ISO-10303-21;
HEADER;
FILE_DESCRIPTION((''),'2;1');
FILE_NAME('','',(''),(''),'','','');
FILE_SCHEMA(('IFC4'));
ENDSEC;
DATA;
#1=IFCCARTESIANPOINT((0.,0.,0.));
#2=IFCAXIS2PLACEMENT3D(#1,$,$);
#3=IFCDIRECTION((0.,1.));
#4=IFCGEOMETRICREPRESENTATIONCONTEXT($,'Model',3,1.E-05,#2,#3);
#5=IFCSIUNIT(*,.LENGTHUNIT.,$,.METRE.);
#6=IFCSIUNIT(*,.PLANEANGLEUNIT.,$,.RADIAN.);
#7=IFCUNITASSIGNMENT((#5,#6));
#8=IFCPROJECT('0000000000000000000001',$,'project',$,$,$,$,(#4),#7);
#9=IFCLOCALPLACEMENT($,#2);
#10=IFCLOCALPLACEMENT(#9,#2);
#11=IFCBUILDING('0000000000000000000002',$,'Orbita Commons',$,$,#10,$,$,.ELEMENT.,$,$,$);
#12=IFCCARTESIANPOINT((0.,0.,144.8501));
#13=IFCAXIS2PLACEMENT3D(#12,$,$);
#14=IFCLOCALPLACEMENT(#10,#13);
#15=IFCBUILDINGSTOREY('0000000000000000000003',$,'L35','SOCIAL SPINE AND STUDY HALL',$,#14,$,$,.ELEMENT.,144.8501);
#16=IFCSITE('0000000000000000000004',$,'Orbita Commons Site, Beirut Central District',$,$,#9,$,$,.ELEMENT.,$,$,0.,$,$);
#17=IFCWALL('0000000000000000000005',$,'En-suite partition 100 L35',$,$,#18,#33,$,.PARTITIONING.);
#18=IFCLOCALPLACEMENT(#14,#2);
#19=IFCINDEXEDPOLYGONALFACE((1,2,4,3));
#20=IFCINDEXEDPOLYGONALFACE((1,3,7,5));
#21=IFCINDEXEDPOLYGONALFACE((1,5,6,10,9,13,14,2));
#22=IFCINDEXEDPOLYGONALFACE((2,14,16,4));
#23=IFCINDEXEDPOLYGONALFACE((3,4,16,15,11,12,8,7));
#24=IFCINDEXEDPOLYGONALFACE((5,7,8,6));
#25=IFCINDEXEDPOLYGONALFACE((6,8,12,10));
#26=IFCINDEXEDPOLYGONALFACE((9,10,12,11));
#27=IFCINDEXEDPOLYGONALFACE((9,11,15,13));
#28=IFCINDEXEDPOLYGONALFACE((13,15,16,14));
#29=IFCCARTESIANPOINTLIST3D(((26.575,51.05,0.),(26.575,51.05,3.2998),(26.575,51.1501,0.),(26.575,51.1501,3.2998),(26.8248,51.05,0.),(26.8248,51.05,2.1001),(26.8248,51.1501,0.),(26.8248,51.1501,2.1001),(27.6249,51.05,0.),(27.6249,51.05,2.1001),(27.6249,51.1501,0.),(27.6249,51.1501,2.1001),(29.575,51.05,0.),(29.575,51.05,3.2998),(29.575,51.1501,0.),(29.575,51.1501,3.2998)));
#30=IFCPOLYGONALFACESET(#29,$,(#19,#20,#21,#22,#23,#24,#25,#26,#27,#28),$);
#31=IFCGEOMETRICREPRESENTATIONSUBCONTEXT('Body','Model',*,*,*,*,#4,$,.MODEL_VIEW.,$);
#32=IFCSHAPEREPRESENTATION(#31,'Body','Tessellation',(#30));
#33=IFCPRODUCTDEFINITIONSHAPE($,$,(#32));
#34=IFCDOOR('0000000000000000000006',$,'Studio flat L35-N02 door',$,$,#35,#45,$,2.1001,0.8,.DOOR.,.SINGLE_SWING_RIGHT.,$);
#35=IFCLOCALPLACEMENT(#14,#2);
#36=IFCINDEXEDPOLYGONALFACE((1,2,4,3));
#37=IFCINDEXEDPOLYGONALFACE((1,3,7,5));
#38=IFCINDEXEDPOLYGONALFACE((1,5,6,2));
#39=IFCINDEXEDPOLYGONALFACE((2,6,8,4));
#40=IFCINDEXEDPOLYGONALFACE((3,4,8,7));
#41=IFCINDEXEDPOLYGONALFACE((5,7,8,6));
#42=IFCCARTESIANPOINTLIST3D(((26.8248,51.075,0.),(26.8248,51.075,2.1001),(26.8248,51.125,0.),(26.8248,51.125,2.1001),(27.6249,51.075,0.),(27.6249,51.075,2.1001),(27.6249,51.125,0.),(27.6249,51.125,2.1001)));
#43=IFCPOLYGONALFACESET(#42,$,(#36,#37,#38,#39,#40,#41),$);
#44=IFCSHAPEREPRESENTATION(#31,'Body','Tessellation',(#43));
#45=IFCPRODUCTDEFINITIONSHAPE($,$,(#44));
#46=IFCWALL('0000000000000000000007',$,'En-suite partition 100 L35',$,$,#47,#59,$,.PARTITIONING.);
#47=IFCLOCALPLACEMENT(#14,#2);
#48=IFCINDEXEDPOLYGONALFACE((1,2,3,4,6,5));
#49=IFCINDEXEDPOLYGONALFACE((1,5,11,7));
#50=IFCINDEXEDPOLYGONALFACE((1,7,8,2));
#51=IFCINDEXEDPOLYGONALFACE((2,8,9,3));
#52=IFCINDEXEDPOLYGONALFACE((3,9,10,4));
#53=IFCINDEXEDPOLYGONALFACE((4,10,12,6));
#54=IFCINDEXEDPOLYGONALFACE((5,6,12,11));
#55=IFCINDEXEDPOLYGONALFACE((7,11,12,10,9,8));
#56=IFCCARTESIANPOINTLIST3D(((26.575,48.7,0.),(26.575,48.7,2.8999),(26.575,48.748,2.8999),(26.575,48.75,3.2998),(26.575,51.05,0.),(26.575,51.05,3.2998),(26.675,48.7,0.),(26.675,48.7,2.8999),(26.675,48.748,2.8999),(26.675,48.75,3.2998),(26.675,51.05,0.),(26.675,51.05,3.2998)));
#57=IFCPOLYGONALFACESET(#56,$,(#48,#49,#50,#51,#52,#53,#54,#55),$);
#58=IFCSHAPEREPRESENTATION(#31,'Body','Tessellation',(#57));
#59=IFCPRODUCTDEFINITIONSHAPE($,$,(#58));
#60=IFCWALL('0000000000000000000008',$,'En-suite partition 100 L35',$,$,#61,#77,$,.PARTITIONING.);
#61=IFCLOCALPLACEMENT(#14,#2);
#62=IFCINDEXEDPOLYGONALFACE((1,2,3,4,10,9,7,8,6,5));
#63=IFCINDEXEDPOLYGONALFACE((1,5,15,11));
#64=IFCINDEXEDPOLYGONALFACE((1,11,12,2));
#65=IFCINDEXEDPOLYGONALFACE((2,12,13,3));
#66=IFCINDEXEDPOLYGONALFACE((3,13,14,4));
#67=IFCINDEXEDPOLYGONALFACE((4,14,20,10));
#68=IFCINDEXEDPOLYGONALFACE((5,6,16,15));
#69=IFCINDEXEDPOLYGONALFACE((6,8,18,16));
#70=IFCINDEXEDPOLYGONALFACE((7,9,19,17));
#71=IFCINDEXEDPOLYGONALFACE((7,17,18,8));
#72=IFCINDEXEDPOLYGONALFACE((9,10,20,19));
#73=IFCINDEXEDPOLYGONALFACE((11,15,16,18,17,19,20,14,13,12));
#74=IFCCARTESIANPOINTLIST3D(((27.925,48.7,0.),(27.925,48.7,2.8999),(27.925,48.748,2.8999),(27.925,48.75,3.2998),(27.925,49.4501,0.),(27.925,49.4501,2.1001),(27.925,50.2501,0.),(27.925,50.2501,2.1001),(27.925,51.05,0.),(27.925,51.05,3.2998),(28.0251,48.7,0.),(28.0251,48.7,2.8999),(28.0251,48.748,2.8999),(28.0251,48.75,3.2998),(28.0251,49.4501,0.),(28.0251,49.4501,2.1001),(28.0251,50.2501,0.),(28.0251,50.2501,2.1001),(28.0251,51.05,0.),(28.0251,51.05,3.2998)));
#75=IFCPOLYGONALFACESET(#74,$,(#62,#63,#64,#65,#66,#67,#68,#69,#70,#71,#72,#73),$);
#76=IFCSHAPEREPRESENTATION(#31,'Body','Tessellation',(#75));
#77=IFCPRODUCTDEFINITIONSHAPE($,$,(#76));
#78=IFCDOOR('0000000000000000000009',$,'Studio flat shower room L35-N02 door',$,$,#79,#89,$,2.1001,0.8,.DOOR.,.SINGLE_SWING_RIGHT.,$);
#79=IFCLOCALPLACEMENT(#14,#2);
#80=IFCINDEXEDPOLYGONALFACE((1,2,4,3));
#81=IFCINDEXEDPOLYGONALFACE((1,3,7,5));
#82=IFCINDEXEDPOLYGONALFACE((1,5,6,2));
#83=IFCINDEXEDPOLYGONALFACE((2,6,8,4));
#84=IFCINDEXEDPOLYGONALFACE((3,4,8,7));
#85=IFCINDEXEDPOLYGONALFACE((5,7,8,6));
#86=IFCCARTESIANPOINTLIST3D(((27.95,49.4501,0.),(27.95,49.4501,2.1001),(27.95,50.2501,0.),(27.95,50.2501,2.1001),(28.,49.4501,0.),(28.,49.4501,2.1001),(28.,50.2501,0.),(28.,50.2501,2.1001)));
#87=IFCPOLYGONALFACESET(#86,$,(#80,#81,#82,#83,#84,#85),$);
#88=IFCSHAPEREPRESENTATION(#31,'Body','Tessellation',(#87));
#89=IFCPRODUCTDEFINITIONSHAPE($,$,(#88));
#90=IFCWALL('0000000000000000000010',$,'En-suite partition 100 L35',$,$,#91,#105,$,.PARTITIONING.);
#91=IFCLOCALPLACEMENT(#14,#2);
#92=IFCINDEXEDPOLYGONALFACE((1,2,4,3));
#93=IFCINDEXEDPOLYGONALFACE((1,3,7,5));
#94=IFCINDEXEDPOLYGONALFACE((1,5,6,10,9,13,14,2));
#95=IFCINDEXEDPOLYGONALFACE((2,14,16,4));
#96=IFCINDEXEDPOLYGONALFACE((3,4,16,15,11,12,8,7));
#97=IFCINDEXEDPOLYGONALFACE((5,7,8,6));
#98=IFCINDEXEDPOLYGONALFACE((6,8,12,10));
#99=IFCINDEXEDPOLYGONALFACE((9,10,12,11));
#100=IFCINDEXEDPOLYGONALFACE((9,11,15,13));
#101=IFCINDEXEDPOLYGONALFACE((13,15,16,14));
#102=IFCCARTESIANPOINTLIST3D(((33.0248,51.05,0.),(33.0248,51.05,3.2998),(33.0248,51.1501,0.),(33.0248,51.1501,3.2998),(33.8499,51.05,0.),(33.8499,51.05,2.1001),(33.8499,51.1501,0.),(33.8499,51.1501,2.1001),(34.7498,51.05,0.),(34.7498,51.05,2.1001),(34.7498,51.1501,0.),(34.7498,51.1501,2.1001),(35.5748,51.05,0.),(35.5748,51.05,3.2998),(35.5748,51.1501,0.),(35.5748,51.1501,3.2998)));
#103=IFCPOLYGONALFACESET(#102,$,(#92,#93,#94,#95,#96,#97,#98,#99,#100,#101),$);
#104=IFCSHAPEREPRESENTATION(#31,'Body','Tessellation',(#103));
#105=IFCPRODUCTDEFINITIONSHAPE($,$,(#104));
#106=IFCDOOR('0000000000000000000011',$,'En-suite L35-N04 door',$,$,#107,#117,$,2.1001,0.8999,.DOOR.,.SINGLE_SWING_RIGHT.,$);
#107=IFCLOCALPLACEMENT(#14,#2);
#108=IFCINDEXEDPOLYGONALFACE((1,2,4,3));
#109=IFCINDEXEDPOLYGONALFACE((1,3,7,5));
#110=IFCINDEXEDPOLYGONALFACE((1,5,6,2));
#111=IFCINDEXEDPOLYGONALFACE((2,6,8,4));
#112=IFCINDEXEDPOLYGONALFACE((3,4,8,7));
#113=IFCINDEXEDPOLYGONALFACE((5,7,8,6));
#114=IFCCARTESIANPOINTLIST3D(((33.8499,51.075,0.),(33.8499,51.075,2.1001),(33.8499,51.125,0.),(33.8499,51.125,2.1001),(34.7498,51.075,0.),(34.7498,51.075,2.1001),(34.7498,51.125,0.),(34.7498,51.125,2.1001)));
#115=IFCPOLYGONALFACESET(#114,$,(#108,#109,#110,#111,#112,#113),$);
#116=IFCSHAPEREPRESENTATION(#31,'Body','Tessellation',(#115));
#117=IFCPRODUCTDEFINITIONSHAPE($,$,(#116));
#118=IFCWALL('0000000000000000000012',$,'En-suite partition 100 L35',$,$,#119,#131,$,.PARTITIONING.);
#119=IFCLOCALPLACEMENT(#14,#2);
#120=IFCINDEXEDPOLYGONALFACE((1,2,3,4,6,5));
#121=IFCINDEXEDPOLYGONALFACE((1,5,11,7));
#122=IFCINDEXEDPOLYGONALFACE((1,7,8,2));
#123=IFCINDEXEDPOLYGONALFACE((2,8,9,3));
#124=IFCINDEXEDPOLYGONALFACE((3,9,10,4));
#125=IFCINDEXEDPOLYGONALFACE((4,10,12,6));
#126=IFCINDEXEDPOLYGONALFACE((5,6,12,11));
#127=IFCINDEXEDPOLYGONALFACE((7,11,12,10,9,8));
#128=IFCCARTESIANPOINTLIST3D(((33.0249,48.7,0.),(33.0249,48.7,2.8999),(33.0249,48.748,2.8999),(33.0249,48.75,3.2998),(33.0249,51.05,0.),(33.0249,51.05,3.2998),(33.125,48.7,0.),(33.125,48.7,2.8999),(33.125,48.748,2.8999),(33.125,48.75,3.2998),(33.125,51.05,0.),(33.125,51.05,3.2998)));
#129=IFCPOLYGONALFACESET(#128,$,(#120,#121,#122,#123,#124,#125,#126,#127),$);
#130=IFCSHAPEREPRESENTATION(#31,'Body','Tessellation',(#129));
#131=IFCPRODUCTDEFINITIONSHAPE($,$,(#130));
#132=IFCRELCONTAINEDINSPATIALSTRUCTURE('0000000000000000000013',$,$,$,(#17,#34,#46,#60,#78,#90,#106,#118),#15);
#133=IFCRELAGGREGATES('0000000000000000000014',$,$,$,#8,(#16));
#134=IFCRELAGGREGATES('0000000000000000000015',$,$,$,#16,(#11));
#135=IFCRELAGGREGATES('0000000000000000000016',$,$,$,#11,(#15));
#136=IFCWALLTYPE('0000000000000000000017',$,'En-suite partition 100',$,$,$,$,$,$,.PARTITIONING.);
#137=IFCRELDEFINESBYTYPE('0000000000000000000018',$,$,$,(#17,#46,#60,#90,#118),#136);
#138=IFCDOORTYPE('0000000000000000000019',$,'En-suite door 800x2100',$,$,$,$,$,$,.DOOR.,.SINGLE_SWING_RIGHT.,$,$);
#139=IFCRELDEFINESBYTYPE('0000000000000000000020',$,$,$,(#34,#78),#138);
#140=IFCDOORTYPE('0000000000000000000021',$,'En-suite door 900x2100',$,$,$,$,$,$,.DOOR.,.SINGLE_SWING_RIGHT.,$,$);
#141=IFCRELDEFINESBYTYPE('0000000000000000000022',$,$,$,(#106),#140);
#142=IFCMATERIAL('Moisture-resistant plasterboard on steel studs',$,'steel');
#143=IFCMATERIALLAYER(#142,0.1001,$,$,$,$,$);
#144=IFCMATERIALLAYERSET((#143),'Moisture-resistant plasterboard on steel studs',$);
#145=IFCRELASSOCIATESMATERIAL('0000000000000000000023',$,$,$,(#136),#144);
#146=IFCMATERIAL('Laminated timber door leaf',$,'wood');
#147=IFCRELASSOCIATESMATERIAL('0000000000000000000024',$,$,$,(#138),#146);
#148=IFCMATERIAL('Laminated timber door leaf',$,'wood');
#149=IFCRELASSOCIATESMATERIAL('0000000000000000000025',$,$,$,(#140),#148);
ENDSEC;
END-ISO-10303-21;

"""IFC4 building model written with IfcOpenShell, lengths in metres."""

from ifc_helpers import new_model, si_unit, direction, frame, frame_2d, origin, place, context, subcontext, project, spatial, polyline, rectangle, outline, extrude, material, layer, layer_set, type_object, element, fill, save


model = new_model("IFC4")

# Units and contexts
model_context = context("Model", 3, precision=1e-05, world=origin(), true_north=direction((0.0, 1.0)))
body_context = subcontext(model_context, "Body", "Model", "MODEL_VIEW")
ifc_project = project(units=[si_unit("LENGTHUNIT", "METRE"), si_unit("PLANEANGLEUNIT", "RADIAN")], contexts=[model_context])

# Site, building, storey
site_placement = place(None, origin())
site = spatial("IfcSite", under=ifc_project, at=site_placement, Name="Orbita Commons Site, Beirut Central District", CompositionType="ELEMENT", RefElevation=0.0)
building_placement = place(site_placement, origin())
building = spatial("IfcBuilding", under=site, at=building_placement, Name="Orbita Commons", CompositionType="ELEMENT")
storey_placement = place(building_placement, frame((0.0, 0.0, 144.8501)))
storey = spatial("IfcBuildingStorey", under=building, at=storey_placement, Name="L35", Description="SOCIAL SPINE AND STUDY HALL", CompositionType="ELEMENT", Elevation=144.8501)

# Wall, opening, door
ifc_material_1 = material(Name="Moisture-resistant plasterboard on steel studs", Category="steel")
ifc_layer_1 = layer(ifc_material_1, 0.1001)
ifc_layer_set_1 = layer_set([ifc_layer_1], Name="Moisture-resistant plasterboard on steel studs")
wall_type_1 = type_object("IfcWallType", Name="En-suite partition 100", PredefinedType="PARTITIONING", material=ifc_layer_set_1)
wall_1_placement = place(storey_placement, frame((26.575, 51.1001, 0.0), z_axis=(0.0, 0.0, 1.0), x_axis=(1.0, 0.0, 0.0)))
wall_1 = element("IfcWall", 1, at=wall_1_placement, inside=storey, type_object=wall_type_1, Name="En-suite partition 100 L35", PredefinedType="PARTITIONING", context=body_context, shape_type="SweptSolid", body=[
    extrude(rectangle(XDim=3.0, YDim=0.1001, at=frame_2d((1.5, 0.0))), origin(), (0.0, 0.0, 1.0), 3.2998),
])
opening_1_placement = place(wall_1_placement, frame((0.25, 0.0, 0.0)))
opening_1 = element("IfcOpeningElement", 2, at=opening_1_placement, cuts=wall_1, PredefinedType="OPENING", context=body_context, shape_type="SweptSolid", body=[
    extrude(rectangle(XDim=0.8, YDim=2.1001, at=frame_2d((0.3999, 1.05))), frame((0.0, 0.0601, 0.0), z_axis=(0.0, -1.0, 0.0), x_axis=(1.0, 0.0, 0.0)), (0.0, 0.0, 1.0), 0.1201),
])
ifc_material_2 = material(Name="Laminated timber door leaf", Category="wood")
door_type_1 = type_object("IfcDoorType", Name="En-suite door 800x2100", OperationType="SINGLE_SWING_RIGHT", PredefinedType="DOOR", material=ifc_material_2)
door_1_placement = place(opening_1_placement, origin())
door_1 = element("IfcDoor", 3, at=door_1_placement, inside=storey, type_object=door_type_1, Name="Studio flat L35-N02 door", OperationType="SINGLE_SWING_RIGHT", OverallHeight=2.1001, OverallWidth=0.8, PredefinedType="DOOR", context=body_context, shape_type="SweptSolid", body=[
    extrude(rectangle(XDim=0.8, YDim=2.1001, at=frame_2d((0.3999, 1.05))), frame((0.0, 0.0249, 0.0), z_axis=(0.0, -1.0, 0.0), x_axis=(1.0, 0.0, 0.0)), (0.0, 0.0, 1.0), 0.05),
])
fill(opening_1, door_1)

# Wall
wall_2_placement = place(storey_placement, frame((26.625, 51.05, 0.0), z_axis=(0.0, 0.0, 1.0), x_axis=(0.0, -1.0, 0.0)))
element("IfcWall", 4, at=wall_2_placement, inside=storey, type_object=wall_type_1, Name="En-suite partition 100 L35", PredefinedType="PARTITIONING", context=body_context, shape_type="SweptSolid", body=[
    extrude(outline(polyline([(0.0, 0.0), (2.3501, 0.0), (2.3501, 2.8999), (2.302, 2.8999), (2.3, 3.2998), (0.0, 3.2998), (0.0, 0.0)])), frame((0.0, 0.05, 0.0), z_axis=(0.0, -1.0, 0.0), x_axis=(1.0, 0.0, 0.0)), (0.0, 0.0, 1.0), 0.1001),
])

# Walls, openings, doors
wall_3_placement = place(storey_placement, frame((27.9751, 51.05, 0.0), z_axis=(0.0, 0.0, 1.0), x_axis=(0.0, -1.0, 0.0)))
wall_3 = element("IfcWall", 5, at=wall_3_placement, inside=storey, type_object=wall_type_1, Name="En-suite partition 100 L35", PredefinedType="PARTITIONING", context=body_context, shape_type="SweptSolid", body=[
    extrude(outline(polyline([(0.0, 0.0), (2.3501, 0.0), (2.3501, 2.8999), (2.302, 2.8999), (2.3, 3.2998), (0.0, 3.2998), (0.0, 0.0)])), frame((0.0, 0.05, 0.0), z_axis=(0.0, -1.0, 0.0), x_axis=(1.0, 0.0, 0.0)), (0.0, 0.0, 1.0), 0.1001),
])
opening_2_placement = place(wall_3_placement, frame((0.8, 0.0, 0.0)))
opening_2 = element("IfcOpeningElement", 6, at=opening_2_placement, cuts=wall_3, PredefinedType="OPENING", context=body_context, shape_type="SweptSolid", body=[
    extrude(rectangle(XDim=0.8, YDim=2.1001, at=frame_2d((0.3999, 1.05))), frame((0.0, 0.0601, 0.0), z_axis=(0.0, -1.0, 0.0), x_axis=(1.0, 0.0, 0.0)), (0.0, 0.0, 1.0), 0.1201),
])
door_2_placement = place(opening_2_placement, origin())
door_2 = element("IfcDoor", 7, at=door_2_placement, inside=storey, type_object=door_type_1, Name="Studio flat shower room L35-N02 door", OperationType="SINGLE_SWING_RIGHT", OverallHeight=2.1001, OverallWidth=0.8, PredefinedType="DOOR", context=body_context, shape_type="SweptSolid", body=[
    extrude(rectangle(XDim=0.8, YDim=2.1001, at=frame_2d((0.3999, 1.05))), frame((0.0, 0.0249, 0.0), z_axis=(0.0, -1.0, 0.0), x_axis=(1.0, 0.0, 0.0)), (0.0, 0.0, 1.0), 0.05),
])
fill(opening_2, door_2)
wall_4_placement = place(storey_placement, frame((33.0249, 51.1001, 0.0), z_axis=(0.0, 0.0, 1.0), x_axis=(1.0, 0.0, 0.0)))
wall_4 = element("IfcWall", 8, at=wall_4_placement, inside=storey, type_object=wall_type_1, Name="En-suite partition 100 L35", PredefinedType="PARTITIONING", context=body_context, shape_type="SweptSolid", body=[
    extrude(rectangle(XDim=2.55, YDim=0.1001, at=frame_2d((1.2749, 0.0))), origin(), (0.0, 0.0, 1.0), 3.2998),
])
opening_3_placement = place(wall_4_placement, frame((0.825, 0.0, 0.0)))
opening_3 = element("IfcOpeningElement", 9, at=opening_3_placement, cuts=wall_4, PredefinedType="OPENING", context=body_context, shape_type="SweptSolid", body=[
    extrude(rectangle(XDim=0.8999, YDim=2.1001, at=frame_2d((0.45, 1.05))), frame((0.0, 0.0601, 0.0), z_axis=(0.0, -1.0, 0.0), x_axis=(1.0, 0.0, 0.0)), (0.0, 0.0, 1.0), 0.1201),
])
ifc_material_3 = material(Name="Laminated timber door leaf", Category="wood")
door_type_2 = type_object("IfcDoorType", Name="En-suite door 900x2100", OperationType="SINGLE_SWING_RIGHT", PredefinedType="DOOR", material=ifc_material_3)
door_3_placement = place(opening_3_placement, origin())
door_3 = element("IfcDoor", 10, at=door_3_placement, inside=storey, type_object=door_type_2, Name="En-suite L35-N04 door", OperationType="SINGLE_SWING_RIGHT", OverallHeight=2.1001, OverallWidth=0.8999, PredefinedType="DOOR", context=body_context, shape_type="SweptSolid", body=[
    extrude(rectangle(XDim=0.8999, YDim=2.1001, at=frame_2d((0.45, 1.05))), frame((0.0, 0.0249, 0.0), z_axis=(0.0, -1.0, 0.0), x_axis=(1.0, 0.0, 0.0)), (0.0, 0.0, 1.0), 0.05),
])
fill(opening_3, door_3)

# Wall
wall_5_placement = place(storey_placement, frame((33.075, 51.05, 0.0), z_axis=(0.0, 0.0, 1.0), x_axis=(0.0, -1.0, 0.0)))
element("IfcWall", 11, at=wall_5_placement, inside=storey, type_object=wall_type_1, Name="En-suite partition 100 L35", PredefinedType="PARTITIONING", context=body_context, shape_type="SweptSolid", body=[
    extrude(outline(polyline([(0.0, 0.0), (2.3501, 0.0), (2.3501, 2.8999), (2.302, 2.8999), (2.3, 3.2998), (0.0, 3.2998), (0.0, 0.0)])), frame((0.0, 0.05, 0.0), z_axis=(0.0, -1.0, 0.0), x_axis=(1.0, 0.0, 0.0)), (0.0, 0.0, 1.0), 0.1001),
])

save(model, "model.ifc")
